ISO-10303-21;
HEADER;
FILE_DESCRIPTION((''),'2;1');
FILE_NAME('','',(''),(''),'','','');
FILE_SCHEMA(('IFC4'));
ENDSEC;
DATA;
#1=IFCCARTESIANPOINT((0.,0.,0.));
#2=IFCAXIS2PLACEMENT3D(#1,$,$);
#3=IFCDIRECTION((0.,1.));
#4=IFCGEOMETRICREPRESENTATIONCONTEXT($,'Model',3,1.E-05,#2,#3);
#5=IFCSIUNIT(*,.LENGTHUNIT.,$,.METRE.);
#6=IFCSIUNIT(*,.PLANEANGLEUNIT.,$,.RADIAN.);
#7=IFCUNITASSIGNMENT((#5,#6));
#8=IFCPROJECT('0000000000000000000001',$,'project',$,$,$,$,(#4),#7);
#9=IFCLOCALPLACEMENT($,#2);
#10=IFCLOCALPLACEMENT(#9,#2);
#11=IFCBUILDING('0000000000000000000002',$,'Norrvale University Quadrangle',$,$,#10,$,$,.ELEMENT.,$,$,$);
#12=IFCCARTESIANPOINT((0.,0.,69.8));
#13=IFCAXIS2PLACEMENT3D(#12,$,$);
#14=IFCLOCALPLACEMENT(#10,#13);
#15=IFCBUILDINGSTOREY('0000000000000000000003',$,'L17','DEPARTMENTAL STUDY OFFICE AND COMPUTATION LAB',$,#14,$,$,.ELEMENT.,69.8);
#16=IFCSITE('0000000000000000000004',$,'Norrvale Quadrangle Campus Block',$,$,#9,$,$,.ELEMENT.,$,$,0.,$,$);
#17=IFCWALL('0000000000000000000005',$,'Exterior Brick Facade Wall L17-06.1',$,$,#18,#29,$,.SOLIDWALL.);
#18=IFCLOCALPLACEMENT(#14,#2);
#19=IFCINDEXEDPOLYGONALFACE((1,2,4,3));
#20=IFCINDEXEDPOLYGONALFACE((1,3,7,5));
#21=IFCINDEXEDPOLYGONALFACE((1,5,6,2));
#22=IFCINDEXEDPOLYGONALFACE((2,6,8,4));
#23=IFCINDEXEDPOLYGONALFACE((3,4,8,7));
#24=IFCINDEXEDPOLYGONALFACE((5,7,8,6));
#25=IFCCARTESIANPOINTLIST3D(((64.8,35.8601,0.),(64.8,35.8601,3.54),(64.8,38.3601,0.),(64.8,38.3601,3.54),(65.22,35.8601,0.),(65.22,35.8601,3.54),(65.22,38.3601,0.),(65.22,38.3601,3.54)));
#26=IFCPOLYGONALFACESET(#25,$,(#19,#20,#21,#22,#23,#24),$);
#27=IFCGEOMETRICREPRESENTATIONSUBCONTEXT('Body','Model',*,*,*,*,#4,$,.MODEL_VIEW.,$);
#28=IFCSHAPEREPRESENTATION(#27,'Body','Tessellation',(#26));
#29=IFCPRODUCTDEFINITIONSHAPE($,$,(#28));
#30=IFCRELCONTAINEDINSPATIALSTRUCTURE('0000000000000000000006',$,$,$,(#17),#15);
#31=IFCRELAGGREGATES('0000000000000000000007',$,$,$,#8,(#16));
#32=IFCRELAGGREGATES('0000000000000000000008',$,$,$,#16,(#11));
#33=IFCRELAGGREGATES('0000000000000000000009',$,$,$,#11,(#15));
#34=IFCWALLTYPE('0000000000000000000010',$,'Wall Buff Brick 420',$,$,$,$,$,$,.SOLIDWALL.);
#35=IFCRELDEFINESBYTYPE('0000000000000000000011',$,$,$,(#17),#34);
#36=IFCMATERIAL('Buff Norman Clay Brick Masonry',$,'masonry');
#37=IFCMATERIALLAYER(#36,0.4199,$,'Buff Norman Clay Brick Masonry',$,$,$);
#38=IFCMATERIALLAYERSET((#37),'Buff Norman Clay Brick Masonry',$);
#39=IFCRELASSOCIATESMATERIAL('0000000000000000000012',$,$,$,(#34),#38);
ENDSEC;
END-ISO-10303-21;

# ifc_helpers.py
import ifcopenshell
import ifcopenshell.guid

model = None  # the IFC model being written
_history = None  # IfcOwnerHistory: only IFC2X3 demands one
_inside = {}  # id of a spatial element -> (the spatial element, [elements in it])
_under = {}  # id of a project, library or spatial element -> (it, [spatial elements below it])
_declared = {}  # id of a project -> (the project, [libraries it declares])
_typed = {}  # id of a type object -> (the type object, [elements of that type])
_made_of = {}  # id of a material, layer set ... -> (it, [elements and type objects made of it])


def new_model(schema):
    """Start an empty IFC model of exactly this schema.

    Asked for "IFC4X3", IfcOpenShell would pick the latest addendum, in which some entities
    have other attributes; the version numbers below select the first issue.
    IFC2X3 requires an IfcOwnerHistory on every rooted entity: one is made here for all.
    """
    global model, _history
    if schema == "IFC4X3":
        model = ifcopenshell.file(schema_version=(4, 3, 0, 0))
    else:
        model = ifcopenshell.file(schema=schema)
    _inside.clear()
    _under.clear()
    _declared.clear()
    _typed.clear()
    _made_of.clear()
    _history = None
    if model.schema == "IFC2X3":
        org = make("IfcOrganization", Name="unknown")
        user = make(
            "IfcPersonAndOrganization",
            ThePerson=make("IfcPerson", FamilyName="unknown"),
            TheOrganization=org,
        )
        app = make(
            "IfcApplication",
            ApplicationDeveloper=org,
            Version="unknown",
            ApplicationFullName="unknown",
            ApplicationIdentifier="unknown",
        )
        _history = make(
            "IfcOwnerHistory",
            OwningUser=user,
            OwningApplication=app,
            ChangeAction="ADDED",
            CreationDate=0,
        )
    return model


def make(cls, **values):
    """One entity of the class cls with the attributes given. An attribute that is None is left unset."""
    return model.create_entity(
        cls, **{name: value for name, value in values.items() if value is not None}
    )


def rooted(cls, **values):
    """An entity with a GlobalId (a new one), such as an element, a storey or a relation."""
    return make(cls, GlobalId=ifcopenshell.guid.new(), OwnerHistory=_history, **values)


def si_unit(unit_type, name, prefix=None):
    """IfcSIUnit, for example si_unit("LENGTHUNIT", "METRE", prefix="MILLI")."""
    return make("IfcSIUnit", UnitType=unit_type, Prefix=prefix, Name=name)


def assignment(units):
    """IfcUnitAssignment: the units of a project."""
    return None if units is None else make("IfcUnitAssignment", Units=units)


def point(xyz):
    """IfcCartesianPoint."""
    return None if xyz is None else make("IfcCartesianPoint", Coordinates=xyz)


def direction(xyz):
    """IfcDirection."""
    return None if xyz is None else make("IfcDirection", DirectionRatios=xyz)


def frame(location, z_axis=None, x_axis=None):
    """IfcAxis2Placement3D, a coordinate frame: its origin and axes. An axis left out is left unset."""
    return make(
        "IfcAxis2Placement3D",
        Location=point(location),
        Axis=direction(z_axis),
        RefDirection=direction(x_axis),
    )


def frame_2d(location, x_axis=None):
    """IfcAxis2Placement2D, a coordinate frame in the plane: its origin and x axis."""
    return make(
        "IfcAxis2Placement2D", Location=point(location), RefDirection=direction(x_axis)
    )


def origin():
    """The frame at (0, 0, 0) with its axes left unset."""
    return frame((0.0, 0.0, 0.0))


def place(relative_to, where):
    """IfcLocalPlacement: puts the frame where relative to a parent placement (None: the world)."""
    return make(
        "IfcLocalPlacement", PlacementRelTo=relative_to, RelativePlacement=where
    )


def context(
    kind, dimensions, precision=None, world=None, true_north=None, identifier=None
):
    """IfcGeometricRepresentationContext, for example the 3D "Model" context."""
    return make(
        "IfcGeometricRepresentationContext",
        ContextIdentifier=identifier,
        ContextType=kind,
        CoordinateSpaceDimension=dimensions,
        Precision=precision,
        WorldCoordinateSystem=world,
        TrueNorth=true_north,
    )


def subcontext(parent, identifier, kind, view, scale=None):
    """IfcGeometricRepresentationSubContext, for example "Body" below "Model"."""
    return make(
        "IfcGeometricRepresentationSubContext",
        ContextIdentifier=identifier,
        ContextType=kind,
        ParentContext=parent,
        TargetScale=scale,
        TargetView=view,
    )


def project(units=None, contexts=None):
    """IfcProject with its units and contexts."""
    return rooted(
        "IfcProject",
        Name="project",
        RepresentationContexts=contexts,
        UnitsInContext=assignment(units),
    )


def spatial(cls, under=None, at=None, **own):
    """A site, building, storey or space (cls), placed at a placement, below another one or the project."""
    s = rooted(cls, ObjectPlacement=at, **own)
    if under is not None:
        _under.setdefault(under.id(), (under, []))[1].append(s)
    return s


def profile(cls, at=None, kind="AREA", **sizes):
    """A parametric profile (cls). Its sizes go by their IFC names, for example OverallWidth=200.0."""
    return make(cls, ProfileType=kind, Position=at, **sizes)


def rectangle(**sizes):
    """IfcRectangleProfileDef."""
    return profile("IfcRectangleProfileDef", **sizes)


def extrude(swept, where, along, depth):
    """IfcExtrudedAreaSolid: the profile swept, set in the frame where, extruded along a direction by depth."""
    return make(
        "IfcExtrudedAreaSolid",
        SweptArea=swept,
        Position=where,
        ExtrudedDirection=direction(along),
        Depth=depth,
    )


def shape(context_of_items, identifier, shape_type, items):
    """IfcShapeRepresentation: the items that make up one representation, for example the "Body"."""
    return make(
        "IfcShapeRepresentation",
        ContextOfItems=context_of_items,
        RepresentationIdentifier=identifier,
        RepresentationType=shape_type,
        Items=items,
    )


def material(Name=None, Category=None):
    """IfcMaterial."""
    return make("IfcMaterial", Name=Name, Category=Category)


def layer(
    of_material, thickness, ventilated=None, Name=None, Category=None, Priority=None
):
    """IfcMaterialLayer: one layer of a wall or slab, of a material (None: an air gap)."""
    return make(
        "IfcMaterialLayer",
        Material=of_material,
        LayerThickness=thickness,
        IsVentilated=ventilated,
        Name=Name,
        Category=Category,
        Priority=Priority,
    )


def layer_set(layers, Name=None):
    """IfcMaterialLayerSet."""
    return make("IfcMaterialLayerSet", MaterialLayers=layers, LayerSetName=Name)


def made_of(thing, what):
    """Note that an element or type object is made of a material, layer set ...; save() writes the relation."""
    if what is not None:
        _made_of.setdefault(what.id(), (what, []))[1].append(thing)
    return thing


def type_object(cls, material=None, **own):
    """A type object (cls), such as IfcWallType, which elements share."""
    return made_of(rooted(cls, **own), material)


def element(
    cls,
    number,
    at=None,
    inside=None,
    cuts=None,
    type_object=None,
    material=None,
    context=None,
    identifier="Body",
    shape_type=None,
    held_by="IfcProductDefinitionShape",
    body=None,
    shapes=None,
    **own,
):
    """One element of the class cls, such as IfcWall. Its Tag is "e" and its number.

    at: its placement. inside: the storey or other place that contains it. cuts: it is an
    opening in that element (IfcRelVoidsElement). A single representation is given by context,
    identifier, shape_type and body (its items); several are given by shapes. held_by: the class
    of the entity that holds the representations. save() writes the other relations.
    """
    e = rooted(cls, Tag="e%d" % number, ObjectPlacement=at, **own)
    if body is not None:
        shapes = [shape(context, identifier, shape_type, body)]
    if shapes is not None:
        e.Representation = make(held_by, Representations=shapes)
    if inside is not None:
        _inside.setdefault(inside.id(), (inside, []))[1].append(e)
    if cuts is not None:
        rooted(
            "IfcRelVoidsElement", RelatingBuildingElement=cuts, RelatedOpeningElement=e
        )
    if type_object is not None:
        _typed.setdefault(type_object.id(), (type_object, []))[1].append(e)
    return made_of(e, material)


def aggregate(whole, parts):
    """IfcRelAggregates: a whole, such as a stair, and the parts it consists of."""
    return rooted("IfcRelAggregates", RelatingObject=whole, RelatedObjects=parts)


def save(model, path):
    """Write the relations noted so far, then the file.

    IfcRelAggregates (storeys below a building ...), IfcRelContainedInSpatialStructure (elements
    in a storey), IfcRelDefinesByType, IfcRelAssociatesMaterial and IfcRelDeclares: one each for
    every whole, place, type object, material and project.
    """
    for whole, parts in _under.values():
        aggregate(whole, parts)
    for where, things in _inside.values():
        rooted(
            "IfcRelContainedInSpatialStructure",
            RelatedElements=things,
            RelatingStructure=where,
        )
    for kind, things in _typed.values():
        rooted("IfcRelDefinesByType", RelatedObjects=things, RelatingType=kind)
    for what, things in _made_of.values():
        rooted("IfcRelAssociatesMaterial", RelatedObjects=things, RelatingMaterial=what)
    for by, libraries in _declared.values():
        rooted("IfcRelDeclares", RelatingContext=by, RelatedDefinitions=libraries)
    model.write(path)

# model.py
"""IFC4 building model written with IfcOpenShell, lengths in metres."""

from ifc_helpers import new_model, si_unit, direction, frame, frame_2d, origin, place, context, subcontext, project, spatial, rectangle, extrude, material, layer, layer_set, type_object, element, save


model = new_model("IFC4")

# Units and contexts
model_context = context("Model", 3, precision=1e-05, world=origin(), true_north=direction((0.0, 1.0)))
body_context = subcontext(model_context, "Body", "Model", "MODEL_VIEW")
ifc_project = project(units=[si_unit("LENGTHUNIT", "METRE"), si_unit("PLANEANGLEUNIT", "RADIAN")], contexts=[model_context])

# Site, building, storey
site_placement = place(None, origin())
site = spatial("IfcSite", under=ifc_project, at=site_placement, Name="Norrvale Quadrangle Campus Block", CompositionType="ELEMENT", RefElevation=0.0)
building_placement = place(site_placement, origin())
building = spatial("IfcBuilding", under=site, at=building_placement, Name="Norrvale University Quadrangle", CompositionType="ELEMENT")
storey_placement = place(building_placement, frame((0.0, 0.0, 69.8)))
storey = spatial("IfcBuildingStorey", under=building, at=storey_placement, Name="L17", Description="DEPARTMENTAL STUDY OFFICE AND COMPUTATION LAB", CompositionType="ELEMENT", Elevation=69.8)

# Wall
ifc_material_1 = material(Name="Buff Norman Clay Brick Masonry", Category="masonry")
ifc_layer = layer(ifc_material_1, 0.4199, Name="Buff Norman Clay Brick Masonry")
ifc_layer_set = layer_set([ifc_layer], Name="Buff Norman Clay Brick Masonry")
wall_type = type_object("IfcWallType", Name="Wall Buff Brick 420", PredefinedType="SOLIDWALL", material=ifc_layer_set)
for number, where, z_axis, x_axis, name in (
    (1, (65.01, 35.8601, 0.0), (0.0, 0.0, 1.0), (0.0, 1.0, 0.0), "Exterior Brick Facade Wall L17-06.1"),
):
    element("IfcWall", number, at=place(storey_placement, frame(where, z_axis=z_axis, x_axis=x_axis)), inside=storey, type_object=wall_type, Name=name, PredefinedType="SOLIDWALL", context=body_context, shape_type="SweptSolid", body=[
        extrude(rectangle(XDim=2.5, YDim=0.4199, at=frame_2d((1.25, 0.0))), origin(), (0.0, 0.0, 1.0), 3.54),
    ])

save(model, "model.ifc")
